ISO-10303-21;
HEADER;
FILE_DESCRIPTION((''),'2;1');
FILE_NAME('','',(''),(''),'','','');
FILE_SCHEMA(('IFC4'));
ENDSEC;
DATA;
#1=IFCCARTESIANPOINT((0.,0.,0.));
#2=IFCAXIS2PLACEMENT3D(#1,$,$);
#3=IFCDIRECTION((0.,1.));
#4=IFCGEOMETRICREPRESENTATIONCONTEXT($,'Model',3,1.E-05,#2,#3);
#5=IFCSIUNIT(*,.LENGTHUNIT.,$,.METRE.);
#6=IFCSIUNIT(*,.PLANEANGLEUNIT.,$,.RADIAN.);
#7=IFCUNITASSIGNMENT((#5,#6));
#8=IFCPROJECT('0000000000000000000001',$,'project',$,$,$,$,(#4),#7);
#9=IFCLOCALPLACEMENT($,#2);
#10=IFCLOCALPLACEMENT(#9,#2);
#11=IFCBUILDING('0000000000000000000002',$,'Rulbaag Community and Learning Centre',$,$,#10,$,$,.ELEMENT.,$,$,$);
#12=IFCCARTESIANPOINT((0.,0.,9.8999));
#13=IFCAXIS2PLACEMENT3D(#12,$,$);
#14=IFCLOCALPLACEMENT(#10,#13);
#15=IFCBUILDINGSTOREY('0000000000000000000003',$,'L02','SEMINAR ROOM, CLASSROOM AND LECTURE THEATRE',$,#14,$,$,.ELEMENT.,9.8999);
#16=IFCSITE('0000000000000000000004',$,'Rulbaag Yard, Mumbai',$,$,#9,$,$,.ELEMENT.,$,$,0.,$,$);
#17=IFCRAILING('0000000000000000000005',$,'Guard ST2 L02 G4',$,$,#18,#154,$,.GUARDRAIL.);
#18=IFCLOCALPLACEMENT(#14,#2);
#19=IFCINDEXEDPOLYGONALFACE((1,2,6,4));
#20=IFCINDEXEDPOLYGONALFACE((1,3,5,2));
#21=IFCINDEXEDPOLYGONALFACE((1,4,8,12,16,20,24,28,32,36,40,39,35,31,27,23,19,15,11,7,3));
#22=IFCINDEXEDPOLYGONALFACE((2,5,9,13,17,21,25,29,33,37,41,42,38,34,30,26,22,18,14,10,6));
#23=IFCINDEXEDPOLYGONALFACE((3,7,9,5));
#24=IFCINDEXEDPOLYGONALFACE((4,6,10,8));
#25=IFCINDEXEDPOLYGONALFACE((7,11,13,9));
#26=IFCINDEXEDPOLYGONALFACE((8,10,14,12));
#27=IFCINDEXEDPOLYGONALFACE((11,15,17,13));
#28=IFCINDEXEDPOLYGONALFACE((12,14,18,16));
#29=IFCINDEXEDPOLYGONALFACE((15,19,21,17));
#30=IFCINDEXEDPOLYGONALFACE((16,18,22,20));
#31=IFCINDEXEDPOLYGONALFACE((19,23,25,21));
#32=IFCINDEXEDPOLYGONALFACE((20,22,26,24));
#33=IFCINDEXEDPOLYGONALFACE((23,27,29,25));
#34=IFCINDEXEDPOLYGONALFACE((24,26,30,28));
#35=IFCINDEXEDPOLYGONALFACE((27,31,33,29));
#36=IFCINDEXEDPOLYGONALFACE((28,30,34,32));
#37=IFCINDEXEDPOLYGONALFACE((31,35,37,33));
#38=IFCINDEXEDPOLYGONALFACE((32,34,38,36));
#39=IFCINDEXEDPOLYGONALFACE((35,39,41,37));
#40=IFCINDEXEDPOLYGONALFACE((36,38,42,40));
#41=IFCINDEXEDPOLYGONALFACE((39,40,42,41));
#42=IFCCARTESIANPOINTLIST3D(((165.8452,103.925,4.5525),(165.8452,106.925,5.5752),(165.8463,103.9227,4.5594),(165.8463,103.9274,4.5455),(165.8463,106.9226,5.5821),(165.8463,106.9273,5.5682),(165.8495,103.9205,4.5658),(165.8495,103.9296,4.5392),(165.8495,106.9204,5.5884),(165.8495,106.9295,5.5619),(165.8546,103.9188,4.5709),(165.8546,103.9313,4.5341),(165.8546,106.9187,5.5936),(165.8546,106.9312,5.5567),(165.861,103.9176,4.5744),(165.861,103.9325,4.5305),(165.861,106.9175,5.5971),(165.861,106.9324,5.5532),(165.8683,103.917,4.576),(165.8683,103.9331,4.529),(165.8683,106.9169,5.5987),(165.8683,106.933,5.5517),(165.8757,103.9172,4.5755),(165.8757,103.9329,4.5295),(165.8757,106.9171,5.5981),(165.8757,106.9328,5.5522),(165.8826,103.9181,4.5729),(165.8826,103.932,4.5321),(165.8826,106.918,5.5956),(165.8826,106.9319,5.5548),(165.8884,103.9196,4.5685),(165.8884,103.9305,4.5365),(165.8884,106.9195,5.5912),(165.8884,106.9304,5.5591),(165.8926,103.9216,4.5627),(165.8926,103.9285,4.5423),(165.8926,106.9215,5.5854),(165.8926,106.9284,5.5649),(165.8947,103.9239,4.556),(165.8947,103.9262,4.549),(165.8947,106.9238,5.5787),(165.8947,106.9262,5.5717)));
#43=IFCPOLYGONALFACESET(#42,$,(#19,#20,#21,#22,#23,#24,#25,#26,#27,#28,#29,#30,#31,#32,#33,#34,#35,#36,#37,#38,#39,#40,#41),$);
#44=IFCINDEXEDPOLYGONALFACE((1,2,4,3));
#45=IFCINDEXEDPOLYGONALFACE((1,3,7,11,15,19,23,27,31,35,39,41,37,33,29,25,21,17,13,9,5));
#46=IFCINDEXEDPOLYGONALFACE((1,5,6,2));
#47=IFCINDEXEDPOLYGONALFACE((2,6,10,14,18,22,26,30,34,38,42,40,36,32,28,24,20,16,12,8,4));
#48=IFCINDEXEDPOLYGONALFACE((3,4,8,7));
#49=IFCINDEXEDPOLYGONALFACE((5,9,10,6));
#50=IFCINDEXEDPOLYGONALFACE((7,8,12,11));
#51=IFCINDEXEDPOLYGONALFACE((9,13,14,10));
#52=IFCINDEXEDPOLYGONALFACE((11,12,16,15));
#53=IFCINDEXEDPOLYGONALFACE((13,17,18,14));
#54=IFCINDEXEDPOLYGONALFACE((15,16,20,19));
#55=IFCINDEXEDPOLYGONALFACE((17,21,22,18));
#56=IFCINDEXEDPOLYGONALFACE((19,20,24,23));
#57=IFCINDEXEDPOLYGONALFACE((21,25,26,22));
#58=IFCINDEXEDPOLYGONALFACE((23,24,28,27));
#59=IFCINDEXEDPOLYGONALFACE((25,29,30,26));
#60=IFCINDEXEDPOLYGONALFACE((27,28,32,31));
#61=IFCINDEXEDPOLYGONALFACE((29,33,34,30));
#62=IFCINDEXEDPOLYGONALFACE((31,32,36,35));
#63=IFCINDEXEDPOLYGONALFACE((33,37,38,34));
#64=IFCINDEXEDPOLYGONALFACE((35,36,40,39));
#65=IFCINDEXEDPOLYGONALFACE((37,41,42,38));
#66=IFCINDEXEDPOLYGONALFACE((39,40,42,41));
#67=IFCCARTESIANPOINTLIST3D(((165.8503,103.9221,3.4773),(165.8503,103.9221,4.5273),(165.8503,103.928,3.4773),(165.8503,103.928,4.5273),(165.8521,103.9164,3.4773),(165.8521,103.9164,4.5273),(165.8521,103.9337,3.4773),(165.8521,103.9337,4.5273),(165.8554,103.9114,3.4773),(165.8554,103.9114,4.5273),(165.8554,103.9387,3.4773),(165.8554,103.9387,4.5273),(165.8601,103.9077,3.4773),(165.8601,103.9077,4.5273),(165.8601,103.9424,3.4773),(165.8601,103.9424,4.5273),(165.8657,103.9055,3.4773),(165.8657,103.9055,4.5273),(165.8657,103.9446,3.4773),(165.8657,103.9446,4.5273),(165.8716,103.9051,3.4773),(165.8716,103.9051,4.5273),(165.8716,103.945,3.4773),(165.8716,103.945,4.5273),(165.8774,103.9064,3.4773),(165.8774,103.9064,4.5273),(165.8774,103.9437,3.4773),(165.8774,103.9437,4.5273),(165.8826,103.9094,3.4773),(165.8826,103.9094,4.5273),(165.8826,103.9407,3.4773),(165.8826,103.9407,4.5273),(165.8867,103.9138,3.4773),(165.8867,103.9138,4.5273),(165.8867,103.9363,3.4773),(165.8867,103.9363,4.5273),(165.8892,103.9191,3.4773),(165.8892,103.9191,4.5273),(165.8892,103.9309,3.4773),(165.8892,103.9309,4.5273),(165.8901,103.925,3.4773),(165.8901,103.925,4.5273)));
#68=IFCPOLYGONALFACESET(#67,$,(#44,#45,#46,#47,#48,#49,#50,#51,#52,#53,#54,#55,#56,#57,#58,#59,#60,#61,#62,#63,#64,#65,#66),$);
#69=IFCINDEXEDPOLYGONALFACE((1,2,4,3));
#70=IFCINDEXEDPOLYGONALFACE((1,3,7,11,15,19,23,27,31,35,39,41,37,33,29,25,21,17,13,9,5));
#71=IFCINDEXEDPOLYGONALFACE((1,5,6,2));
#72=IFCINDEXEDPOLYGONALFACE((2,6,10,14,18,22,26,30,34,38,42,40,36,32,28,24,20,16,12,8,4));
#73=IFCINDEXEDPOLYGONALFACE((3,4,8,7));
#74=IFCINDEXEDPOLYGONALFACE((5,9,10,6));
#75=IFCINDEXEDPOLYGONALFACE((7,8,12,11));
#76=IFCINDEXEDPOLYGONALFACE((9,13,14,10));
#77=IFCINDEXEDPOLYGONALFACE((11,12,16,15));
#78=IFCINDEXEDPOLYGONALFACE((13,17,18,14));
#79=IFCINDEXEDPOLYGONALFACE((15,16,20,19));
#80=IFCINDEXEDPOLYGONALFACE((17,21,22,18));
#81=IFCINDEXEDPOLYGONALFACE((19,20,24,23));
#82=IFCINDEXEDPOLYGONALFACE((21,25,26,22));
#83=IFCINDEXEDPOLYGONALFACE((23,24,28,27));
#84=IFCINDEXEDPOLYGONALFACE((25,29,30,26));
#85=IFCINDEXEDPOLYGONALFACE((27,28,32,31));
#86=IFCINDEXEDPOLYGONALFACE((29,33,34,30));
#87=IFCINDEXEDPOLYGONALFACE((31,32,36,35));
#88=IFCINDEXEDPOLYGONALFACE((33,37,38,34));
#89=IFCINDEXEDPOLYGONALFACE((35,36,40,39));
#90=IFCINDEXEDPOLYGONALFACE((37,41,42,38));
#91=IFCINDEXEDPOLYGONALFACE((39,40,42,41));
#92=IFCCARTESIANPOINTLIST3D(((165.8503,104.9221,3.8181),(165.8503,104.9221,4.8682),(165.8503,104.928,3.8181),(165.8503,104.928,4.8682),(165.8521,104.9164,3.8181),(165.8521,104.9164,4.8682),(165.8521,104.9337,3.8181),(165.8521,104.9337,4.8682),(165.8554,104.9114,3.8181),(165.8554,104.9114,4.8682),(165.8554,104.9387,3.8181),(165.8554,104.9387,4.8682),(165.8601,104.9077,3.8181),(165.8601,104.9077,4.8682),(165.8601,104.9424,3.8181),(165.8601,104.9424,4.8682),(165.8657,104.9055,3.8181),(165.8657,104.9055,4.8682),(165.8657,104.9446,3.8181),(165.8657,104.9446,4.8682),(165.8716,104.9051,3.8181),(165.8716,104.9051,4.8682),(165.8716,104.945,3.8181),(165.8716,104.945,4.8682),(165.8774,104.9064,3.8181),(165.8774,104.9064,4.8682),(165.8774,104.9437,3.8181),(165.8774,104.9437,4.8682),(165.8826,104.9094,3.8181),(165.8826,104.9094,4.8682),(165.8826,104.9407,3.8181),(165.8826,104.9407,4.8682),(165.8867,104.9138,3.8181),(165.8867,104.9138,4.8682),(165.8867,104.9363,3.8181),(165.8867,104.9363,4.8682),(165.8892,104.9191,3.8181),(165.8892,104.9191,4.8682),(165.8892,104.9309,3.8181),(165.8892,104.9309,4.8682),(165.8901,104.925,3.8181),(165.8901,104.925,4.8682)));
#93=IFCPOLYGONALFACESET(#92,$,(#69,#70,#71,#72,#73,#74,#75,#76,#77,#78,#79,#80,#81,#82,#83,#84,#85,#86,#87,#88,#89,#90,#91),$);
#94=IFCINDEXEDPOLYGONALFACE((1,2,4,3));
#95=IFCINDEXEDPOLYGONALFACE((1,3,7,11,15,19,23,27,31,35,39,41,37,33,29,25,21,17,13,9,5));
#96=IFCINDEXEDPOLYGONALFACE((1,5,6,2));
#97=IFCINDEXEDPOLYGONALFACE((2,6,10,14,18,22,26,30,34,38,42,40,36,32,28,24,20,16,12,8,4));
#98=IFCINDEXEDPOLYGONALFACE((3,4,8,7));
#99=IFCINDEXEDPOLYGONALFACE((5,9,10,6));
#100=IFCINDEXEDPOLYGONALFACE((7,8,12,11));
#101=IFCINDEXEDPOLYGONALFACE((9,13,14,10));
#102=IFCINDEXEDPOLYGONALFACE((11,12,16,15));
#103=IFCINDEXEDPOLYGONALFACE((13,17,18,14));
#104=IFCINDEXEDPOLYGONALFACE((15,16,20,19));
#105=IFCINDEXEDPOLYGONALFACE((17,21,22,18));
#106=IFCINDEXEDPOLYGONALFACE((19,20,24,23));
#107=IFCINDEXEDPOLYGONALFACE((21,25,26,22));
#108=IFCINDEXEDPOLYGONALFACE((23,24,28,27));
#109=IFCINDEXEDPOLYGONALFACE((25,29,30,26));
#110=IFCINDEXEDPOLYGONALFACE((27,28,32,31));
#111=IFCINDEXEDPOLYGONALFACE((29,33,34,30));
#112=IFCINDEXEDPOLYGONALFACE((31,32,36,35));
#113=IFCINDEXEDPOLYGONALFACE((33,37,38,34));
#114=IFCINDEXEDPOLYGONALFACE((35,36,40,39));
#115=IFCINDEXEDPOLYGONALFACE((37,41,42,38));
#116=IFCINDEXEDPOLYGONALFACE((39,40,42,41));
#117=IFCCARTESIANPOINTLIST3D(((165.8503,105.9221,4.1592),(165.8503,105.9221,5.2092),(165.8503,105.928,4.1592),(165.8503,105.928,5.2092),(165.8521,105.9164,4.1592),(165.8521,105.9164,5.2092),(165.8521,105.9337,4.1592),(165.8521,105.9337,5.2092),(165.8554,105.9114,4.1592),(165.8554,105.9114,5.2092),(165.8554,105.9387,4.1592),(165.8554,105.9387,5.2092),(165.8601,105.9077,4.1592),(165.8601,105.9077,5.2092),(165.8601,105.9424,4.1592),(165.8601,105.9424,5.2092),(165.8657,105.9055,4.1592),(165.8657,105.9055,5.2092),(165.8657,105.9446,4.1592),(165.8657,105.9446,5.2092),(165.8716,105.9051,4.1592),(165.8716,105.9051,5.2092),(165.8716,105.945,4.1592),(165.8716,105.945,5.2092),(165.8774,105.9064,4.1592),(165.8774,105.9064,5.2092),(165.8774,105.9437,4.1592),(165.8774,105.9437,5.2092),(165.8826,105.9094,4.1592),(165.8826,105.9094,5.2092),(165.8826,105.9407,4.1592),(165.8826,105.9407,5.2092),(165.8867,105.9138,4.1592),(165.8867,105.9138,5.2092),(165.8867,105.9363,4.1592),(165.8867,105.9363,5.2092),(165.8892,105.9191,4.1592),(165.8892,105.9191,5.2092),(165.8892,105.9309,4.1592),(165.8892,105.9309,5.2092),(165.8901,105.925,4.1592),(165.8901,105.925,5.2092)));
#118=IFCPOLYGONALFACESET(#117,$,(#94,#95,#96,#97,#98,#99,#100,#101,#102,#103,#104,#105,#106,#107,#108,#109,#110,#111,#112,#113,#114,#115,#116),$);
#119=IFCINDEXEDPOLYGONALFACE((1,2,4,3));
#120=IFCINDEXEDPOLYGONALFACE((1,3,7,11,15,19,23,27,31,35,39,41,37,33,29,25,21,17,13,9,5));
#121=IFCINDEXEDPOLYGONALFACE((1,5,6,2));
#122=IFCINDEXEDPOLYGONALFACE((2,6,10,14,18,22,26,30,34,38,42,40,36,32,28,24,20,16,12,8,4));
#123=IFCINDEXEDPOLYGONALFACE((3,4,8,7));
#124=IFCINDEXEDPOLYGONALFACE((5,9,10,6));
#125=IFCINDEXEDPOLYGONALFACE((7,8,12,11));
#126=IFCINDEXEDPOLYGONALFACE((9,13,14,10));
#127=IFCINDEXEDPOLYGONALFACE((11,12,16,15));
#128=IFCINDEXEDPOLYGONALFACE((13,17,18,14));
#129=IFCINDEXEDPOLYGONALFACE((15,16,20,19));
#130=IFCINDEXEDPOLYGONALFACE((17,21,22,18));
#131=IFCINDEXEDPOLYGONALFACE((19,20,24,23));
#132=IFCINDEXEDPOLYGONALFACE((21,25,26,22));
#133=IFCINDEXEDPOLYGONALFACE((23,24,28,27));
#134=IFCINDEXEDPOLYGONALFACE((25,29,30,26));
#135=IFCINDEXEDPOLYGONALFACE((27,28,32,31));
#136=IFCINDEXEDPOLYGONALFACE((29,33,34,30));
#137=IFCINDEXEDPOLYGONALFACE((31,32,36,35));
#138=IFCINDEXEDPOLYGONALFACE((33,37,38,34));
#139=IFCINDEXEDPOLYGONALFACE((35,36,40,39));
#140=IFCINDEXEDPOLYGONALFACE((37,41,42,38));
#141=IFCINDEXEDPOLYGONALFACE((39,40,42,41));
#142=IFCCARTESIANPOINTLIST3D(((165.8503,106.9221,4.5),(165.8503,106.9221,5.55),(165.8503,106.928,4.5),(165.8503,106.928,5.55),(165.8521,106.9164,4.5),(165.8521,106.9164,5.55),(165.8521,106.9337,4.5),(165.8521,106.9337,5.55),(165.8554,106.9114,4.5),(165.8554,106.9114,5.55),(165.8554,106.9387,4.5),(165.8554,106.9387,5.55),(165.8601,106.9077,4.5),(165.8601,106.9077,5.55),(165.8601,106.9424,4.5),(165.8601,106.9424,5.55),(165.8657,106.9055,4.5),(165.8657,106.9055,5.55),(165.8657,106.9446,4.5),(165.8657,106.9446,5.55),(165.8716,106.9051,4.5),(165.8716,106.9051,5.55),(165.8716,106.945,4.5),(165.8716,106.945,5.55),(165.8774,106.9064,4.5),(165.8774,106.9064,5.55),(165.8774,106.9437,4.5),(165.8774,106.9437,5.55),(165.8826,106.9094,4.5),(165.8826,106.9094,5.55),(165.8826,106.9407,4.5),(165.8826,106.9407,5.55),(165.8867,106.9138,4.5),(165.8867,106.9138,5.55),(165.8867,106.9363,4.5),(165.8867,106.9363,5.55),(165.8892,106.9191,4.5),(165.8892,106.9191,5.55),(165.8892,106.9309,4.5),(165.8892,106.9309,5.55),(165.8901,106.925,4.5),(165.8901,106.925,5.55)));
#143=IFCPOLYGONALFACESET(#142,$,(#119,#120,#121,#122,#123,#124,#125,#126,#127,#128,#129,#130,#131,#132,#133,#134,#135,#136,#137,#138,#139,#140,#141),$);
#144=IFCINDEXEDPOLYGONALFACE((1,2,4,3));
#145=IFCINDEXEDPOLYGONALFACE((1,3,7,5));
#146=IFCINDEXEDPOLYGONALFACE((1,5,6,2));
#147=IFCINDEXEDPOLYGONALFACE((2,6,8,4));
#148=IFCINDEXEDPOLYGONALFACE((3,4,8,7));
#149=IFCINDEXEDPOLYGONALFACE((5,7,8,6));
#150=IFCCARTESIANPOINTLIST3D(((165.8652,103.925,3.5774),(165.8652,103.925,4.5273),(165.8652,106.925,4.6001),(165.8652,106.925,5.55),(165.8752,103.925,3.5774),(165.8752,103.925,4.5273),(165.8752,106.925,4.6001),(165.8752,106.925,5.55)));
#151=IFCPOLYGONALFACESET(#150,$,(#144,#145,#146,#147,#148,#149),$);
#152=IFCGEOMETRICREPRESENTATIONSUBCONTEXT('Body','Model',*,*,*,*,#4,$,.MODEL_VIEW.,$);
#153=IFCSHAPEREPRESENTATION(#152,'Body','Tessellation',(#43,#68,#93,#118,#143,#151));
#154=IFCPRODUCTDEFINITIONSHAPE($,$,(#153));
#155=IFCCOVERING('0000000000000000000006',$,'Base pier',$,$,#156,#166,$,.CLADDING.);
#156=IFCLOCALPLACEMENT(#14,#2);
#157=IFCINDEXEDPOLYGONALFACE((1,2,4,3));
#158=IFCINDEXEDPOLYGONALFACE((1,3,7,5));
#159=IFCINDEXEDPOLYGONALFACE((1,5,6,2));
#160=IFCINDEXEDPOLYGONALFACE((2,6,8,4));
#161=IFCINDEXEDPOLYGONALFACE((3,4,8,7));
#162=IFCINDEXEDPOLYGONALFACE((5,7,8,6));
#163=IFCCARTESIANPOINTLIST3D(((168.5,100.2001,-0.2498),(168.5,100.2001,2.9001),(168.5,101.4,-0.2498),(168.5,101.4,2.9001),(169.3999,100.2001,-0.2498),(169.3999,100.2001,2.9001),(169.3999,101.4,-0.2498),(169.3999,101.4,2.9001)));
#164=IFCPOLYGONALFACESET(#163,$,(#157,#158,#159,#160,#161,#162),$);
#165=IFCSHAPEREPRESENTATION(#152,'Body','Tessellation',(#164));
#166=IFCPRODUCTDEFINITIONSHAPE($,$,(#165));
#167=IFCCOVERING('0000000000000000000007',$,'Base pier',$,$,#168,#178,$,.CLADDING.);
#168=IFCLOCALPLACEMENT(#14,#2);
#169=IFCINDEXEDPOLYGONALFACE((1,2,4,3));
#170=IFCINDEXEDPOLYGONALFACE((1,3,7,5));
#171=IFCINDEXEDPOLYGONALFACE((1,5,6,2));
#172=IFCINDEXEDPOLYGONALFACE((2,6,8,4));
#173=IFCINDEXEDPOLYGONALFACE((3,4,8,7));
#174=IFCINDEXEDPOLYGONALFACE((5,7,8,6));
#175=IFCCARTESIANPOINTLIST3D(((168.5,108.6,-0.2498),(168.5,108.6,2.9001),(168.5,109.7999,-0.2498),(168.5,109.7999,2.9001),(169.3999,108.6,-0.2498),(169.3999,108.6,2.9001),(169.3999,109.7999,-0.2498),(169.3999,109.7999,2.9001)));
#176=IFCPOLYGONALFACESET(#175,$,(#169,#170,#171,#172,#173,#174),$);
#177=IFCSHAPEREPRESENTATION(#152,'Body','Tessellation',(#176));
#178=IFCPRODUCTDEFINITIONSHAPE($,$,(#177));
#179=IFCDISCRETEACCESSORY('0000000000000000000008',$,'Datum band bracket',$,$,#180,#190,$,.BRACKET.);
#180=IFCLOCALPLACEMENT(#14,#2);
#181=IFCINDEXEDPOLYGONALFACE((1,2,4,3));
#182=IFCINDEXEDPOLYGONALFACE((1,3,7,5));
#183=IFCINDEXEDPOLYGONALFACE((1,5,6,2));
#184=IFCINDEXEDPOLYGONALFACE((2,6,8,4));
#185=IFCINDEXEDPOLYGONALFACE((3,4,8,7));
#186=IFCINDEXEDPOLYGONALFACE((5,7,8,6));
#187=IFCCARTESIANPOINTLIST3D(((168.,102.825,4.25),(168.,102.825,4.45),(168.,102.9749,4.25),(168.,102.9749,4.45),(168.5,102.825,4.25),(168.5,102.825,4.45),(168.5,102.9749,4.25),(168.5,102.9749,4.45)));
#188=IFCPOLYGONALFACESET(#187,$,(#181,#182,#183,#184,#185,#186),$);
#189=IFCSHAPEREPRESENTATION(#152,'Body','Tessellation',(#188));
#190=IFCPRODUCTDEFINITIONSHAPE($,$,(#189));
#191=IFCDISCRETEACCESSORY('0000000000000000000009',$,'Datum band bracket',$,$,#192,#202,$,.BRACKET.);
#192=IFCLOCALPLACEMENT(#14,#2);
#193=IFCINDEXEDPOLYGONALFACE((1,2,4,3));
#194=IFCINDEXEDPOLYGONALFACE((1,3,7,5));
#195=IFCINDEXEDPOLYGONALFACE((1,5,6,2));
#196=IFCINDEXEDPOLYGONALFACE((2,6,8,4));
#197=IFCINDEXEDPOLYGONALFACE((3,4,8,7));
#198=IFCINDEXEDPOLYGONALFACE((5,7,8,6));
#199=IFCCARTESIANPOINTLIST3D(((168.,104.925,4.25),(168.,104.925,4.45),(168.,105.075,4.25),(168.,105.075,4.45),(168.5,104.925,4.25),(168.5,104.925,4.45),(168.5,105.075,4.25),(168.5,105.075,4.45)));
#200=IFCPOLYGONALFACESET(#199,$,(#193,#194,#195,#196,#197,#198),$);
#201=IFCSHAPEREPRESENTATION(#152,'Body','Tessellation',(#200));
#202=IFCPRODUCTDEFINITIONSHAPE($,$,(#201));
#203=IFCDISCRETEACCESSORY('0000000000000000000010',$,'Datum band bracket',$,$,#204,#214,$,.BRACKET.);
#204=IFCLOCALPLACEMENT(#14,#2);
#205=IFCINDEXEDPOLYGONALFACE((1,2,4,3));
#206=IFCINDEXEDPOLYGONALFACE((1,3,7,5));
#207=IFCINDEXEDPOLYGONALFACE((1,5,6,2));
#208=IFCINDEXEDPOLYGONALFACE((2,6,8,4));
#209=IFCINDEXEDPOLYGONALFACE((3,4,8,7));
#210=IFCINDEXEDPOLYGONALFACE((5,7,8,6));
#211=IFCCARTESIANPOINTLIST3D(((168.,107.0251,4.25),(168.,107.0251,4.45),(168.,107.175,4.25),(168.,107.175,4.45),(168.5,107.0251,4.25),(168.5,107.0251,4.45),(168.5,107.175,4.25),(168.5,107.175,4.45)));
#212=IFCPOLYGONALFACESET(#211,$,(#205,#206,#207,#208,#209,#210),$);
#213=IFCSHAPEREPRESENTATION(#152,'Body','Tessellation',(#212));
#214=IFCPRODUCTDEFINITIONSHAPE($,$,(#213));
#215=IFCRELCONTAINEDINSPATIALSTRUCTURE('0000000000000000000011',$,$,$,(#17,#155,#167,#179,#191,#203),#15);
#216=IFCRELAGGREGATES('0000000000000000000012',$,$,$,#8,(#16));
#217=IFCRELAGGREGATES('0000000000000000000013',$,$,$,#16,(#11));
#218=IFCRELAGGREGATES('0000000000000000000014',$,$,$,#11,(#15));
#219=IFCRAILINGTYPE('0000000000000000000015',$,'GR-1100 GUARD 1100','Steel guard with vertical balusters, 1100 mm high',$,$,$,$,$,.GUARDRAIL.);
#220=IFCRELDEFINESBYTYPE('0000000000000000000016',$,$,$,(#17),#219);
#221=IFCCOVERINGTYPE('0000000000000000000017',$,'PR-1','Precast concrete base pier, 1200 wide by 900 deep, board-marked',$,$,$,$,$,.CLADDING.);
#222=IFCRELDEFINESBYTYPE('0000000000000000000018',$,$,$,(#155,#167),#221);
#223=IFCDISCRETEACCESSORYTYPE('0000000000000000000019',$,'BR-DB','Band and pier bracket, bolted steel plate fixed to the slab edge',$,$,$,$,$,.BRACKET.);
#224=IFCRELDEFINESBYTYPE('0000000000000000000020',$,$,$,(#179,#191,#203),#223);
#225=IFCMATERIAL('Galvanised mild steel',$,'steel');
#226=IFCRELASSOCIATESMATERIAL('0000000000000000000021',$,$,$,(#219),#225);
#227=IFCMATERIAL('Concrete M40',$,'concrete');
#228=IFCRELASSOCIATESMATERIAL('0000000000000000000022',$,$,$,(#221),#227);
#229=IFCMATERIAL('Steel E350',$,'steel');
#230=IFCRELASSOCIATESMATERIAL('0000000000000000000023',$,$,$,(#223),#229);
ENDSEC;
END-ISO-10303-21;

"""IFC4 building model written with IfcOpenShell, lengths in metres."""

from ifc_helpers import new_model, si_unit, direction, frame, origin, origin_2d, place, context, subcontext, project, spatial, polyline, rectangle, circle, outline, extrude, material, type_object, element, save


model = new_model("IFC4")

# Units and contexts
model_context = context("Model", 3, precision=1e-05, world=origin(), true_north=direction((0.0, 1.0)))
body_context = subcontext(model_context, "Body", "Model", "MODEL_VIEW")
ifc_project = project(units=[si_unit("LENGTHUNIT", "METRE"), si_unit("PLANEANGLEUNIT", "RADIAN")], contexts=[model_context])

# Site, building, storey
site_placement = place(None, origin())
site = spatial("IfcSite", under=ifc_project, at=site_placement, Name="Rulbaag Yard, Mumbai", CompositionType="ELEMENT", RefElevation=0.0)
building_placement = place(site_placement, origin())
building = spatial("IfcBuilding", under=site, at=building_placement, Name="Rulbaag Community and Learning Centre", CompositionType="ELEMENT")
storey_placement = place(building_placement, frame((0.0, 0.0, 9.8999)))
storey = spatial("IfcBuildingStorey", under=building, at=storey_placement, Name="L02", Description="SEMINAR ROOM, CLASSROOM AND LECTURE THEATRE", CompositionType="ELEMENT", Elevation=9.8999)

# Shared definitions
ifc_material_1 = material(Name="Concrete M40", Category="concrete")

# Railing
ifc_material_2 = material(Name="Galvanised mild steel", Category="steel")
railing_type_1 = type_object("IfcRailingType", Name="GR-1100 GUARD 1100", Description="Steel guard with vertical balusters, 1100 mm high", PredefinedType="GUARDRAIL", material=ifc_material_2)
railing_1_placement = place(storey_placement, frame((165.8701, 103.925, 3.4773)))
element("IfcRailing", 1, at=railing_1_placement, inside=storey, type_object=railing_type_1, Name="Guard ST2 L02 G4", PredefinedType="GUARDRAIL", context=body_context, shape_type="SweptSolid", body=[
    extrude(circle(Radius=0.0249, at=origin_2d()), frame((0.0, 0.0, 1.0752), z_axis=(0.0, 0.946512, 0.322668), x_axis=(-1.0, 0.0, 0.0)), (0.0, 0.0, 1.0), 3.1694),
    extrude(circle(Radius=0.02, at=origin_2d()), origin(), (0.0, 0.0, 1.0), 1.05),
    extrude(circle(Radius=0.02, at=origin_2d()), frame((0.0, 1.0, 0.3408)), (0.0, 0.0, 1.0), 1.05),
    extrude(circle(Radius=0.02, at=origin_2d()), frame((0.0, 2.0, 0.6819)), (0.0, 0.0, 1.0), 1.05),
    extrude(circle(Radius=0.02, at=origin_2d()), frame((0.0, 3.0, 1.0227)), (0.0, 0.0, 1.0), 1.05),
    extrude(outline(polyline([(0.0, 0.0), (3.0, 1.0227), (3.0, 1.9727), (0.0, 0.95), (0.0, 0.0)])), frame((-0.0049, 0.0, 0.1001), z_axis=(1.0, 0.0, 0.0), x_axis=(0.0, 1.0, 0.0)), (0.0, 0.0, 1.0), 0.01),
])

# Coverings
covering_type_1 = type_object("IfcCoveringType", Name="PR-1", Description="Precast concrete base pier, 1200 wide by 900 deep, board-marked", PredefinedType="CLADDING", material=ifc_material_1)
for number, where, z_axis, x_axis, name in (
    (2, (168.95, 100.8, -0.2498), (0.0, 0.0, 1.0), (1.0, 0.0, 0.0), "Base pier"),
    (3, (168.95, 109.2, -0.2498), (0.0, 0.0, 1.0), (1.0, 0.0, 0.0), "Base pier"),
):
    element("IfcCovering", number, at=place(storey_placement, frame(where, z_axis=z_axis, x_axis=x_axis)), inside=storey, type_object=covering_type_1, Name=name, PredefinedType="CLADDING", context=body_context, shape_type="SweptSolid", body=[
        extrude(rectangle(XDim=0.8999, YDim=1.2, at=origin_2d()), origin(), (0.0, 0.0, 1.0), 3.1499),
    ])

# Discrete accessories
ifc_material_3 = material(Name="Steel E350", Category="steel")
discrete_accessory_type = type_object("IfcDiscreteAccessoryType", Name="BR-DB", Description="Band and pier bracket, bolted steel plate fixed to the slab edge", PredefinedType="BRACKET", material=ifc_material_3)
for number, where, z_axis, x_axis, name in (
    (4, (168.25, 102.8999, 4.25), (0.0, 0.0, 1.0), (1.0, 0.0, 0.0), "Datum band bracket"),
    (5, (168.25, 105.0, 4.25), (0.0, 0.0, 1.0), (1.0, 0.0, 0.0), "Datum band bracket"),
    (6, (168.25, 107.1001, 4.25), (0.0, 0.0, 1.0), (1.0, 0.0, 0.0), "Datum band bracket"),
):
    element("IfcDiscreteAccessory", number, at=place(storey_placement, frame(where, z_axis=z_axis, x_axis=x_axis)), inside=storey, type_object=discrete_accessory_type, Name=name, PredefinedType="BRACKET", context=body_context, shape_type="SweptSolid", body=[
        extrude(rectangle(XDim=0.5, YDim=0.1499, at=origin_2d()), origin(), (0.0, 0.0, 1.0), 0.2),
    ])

save(model, "model.ifc")
